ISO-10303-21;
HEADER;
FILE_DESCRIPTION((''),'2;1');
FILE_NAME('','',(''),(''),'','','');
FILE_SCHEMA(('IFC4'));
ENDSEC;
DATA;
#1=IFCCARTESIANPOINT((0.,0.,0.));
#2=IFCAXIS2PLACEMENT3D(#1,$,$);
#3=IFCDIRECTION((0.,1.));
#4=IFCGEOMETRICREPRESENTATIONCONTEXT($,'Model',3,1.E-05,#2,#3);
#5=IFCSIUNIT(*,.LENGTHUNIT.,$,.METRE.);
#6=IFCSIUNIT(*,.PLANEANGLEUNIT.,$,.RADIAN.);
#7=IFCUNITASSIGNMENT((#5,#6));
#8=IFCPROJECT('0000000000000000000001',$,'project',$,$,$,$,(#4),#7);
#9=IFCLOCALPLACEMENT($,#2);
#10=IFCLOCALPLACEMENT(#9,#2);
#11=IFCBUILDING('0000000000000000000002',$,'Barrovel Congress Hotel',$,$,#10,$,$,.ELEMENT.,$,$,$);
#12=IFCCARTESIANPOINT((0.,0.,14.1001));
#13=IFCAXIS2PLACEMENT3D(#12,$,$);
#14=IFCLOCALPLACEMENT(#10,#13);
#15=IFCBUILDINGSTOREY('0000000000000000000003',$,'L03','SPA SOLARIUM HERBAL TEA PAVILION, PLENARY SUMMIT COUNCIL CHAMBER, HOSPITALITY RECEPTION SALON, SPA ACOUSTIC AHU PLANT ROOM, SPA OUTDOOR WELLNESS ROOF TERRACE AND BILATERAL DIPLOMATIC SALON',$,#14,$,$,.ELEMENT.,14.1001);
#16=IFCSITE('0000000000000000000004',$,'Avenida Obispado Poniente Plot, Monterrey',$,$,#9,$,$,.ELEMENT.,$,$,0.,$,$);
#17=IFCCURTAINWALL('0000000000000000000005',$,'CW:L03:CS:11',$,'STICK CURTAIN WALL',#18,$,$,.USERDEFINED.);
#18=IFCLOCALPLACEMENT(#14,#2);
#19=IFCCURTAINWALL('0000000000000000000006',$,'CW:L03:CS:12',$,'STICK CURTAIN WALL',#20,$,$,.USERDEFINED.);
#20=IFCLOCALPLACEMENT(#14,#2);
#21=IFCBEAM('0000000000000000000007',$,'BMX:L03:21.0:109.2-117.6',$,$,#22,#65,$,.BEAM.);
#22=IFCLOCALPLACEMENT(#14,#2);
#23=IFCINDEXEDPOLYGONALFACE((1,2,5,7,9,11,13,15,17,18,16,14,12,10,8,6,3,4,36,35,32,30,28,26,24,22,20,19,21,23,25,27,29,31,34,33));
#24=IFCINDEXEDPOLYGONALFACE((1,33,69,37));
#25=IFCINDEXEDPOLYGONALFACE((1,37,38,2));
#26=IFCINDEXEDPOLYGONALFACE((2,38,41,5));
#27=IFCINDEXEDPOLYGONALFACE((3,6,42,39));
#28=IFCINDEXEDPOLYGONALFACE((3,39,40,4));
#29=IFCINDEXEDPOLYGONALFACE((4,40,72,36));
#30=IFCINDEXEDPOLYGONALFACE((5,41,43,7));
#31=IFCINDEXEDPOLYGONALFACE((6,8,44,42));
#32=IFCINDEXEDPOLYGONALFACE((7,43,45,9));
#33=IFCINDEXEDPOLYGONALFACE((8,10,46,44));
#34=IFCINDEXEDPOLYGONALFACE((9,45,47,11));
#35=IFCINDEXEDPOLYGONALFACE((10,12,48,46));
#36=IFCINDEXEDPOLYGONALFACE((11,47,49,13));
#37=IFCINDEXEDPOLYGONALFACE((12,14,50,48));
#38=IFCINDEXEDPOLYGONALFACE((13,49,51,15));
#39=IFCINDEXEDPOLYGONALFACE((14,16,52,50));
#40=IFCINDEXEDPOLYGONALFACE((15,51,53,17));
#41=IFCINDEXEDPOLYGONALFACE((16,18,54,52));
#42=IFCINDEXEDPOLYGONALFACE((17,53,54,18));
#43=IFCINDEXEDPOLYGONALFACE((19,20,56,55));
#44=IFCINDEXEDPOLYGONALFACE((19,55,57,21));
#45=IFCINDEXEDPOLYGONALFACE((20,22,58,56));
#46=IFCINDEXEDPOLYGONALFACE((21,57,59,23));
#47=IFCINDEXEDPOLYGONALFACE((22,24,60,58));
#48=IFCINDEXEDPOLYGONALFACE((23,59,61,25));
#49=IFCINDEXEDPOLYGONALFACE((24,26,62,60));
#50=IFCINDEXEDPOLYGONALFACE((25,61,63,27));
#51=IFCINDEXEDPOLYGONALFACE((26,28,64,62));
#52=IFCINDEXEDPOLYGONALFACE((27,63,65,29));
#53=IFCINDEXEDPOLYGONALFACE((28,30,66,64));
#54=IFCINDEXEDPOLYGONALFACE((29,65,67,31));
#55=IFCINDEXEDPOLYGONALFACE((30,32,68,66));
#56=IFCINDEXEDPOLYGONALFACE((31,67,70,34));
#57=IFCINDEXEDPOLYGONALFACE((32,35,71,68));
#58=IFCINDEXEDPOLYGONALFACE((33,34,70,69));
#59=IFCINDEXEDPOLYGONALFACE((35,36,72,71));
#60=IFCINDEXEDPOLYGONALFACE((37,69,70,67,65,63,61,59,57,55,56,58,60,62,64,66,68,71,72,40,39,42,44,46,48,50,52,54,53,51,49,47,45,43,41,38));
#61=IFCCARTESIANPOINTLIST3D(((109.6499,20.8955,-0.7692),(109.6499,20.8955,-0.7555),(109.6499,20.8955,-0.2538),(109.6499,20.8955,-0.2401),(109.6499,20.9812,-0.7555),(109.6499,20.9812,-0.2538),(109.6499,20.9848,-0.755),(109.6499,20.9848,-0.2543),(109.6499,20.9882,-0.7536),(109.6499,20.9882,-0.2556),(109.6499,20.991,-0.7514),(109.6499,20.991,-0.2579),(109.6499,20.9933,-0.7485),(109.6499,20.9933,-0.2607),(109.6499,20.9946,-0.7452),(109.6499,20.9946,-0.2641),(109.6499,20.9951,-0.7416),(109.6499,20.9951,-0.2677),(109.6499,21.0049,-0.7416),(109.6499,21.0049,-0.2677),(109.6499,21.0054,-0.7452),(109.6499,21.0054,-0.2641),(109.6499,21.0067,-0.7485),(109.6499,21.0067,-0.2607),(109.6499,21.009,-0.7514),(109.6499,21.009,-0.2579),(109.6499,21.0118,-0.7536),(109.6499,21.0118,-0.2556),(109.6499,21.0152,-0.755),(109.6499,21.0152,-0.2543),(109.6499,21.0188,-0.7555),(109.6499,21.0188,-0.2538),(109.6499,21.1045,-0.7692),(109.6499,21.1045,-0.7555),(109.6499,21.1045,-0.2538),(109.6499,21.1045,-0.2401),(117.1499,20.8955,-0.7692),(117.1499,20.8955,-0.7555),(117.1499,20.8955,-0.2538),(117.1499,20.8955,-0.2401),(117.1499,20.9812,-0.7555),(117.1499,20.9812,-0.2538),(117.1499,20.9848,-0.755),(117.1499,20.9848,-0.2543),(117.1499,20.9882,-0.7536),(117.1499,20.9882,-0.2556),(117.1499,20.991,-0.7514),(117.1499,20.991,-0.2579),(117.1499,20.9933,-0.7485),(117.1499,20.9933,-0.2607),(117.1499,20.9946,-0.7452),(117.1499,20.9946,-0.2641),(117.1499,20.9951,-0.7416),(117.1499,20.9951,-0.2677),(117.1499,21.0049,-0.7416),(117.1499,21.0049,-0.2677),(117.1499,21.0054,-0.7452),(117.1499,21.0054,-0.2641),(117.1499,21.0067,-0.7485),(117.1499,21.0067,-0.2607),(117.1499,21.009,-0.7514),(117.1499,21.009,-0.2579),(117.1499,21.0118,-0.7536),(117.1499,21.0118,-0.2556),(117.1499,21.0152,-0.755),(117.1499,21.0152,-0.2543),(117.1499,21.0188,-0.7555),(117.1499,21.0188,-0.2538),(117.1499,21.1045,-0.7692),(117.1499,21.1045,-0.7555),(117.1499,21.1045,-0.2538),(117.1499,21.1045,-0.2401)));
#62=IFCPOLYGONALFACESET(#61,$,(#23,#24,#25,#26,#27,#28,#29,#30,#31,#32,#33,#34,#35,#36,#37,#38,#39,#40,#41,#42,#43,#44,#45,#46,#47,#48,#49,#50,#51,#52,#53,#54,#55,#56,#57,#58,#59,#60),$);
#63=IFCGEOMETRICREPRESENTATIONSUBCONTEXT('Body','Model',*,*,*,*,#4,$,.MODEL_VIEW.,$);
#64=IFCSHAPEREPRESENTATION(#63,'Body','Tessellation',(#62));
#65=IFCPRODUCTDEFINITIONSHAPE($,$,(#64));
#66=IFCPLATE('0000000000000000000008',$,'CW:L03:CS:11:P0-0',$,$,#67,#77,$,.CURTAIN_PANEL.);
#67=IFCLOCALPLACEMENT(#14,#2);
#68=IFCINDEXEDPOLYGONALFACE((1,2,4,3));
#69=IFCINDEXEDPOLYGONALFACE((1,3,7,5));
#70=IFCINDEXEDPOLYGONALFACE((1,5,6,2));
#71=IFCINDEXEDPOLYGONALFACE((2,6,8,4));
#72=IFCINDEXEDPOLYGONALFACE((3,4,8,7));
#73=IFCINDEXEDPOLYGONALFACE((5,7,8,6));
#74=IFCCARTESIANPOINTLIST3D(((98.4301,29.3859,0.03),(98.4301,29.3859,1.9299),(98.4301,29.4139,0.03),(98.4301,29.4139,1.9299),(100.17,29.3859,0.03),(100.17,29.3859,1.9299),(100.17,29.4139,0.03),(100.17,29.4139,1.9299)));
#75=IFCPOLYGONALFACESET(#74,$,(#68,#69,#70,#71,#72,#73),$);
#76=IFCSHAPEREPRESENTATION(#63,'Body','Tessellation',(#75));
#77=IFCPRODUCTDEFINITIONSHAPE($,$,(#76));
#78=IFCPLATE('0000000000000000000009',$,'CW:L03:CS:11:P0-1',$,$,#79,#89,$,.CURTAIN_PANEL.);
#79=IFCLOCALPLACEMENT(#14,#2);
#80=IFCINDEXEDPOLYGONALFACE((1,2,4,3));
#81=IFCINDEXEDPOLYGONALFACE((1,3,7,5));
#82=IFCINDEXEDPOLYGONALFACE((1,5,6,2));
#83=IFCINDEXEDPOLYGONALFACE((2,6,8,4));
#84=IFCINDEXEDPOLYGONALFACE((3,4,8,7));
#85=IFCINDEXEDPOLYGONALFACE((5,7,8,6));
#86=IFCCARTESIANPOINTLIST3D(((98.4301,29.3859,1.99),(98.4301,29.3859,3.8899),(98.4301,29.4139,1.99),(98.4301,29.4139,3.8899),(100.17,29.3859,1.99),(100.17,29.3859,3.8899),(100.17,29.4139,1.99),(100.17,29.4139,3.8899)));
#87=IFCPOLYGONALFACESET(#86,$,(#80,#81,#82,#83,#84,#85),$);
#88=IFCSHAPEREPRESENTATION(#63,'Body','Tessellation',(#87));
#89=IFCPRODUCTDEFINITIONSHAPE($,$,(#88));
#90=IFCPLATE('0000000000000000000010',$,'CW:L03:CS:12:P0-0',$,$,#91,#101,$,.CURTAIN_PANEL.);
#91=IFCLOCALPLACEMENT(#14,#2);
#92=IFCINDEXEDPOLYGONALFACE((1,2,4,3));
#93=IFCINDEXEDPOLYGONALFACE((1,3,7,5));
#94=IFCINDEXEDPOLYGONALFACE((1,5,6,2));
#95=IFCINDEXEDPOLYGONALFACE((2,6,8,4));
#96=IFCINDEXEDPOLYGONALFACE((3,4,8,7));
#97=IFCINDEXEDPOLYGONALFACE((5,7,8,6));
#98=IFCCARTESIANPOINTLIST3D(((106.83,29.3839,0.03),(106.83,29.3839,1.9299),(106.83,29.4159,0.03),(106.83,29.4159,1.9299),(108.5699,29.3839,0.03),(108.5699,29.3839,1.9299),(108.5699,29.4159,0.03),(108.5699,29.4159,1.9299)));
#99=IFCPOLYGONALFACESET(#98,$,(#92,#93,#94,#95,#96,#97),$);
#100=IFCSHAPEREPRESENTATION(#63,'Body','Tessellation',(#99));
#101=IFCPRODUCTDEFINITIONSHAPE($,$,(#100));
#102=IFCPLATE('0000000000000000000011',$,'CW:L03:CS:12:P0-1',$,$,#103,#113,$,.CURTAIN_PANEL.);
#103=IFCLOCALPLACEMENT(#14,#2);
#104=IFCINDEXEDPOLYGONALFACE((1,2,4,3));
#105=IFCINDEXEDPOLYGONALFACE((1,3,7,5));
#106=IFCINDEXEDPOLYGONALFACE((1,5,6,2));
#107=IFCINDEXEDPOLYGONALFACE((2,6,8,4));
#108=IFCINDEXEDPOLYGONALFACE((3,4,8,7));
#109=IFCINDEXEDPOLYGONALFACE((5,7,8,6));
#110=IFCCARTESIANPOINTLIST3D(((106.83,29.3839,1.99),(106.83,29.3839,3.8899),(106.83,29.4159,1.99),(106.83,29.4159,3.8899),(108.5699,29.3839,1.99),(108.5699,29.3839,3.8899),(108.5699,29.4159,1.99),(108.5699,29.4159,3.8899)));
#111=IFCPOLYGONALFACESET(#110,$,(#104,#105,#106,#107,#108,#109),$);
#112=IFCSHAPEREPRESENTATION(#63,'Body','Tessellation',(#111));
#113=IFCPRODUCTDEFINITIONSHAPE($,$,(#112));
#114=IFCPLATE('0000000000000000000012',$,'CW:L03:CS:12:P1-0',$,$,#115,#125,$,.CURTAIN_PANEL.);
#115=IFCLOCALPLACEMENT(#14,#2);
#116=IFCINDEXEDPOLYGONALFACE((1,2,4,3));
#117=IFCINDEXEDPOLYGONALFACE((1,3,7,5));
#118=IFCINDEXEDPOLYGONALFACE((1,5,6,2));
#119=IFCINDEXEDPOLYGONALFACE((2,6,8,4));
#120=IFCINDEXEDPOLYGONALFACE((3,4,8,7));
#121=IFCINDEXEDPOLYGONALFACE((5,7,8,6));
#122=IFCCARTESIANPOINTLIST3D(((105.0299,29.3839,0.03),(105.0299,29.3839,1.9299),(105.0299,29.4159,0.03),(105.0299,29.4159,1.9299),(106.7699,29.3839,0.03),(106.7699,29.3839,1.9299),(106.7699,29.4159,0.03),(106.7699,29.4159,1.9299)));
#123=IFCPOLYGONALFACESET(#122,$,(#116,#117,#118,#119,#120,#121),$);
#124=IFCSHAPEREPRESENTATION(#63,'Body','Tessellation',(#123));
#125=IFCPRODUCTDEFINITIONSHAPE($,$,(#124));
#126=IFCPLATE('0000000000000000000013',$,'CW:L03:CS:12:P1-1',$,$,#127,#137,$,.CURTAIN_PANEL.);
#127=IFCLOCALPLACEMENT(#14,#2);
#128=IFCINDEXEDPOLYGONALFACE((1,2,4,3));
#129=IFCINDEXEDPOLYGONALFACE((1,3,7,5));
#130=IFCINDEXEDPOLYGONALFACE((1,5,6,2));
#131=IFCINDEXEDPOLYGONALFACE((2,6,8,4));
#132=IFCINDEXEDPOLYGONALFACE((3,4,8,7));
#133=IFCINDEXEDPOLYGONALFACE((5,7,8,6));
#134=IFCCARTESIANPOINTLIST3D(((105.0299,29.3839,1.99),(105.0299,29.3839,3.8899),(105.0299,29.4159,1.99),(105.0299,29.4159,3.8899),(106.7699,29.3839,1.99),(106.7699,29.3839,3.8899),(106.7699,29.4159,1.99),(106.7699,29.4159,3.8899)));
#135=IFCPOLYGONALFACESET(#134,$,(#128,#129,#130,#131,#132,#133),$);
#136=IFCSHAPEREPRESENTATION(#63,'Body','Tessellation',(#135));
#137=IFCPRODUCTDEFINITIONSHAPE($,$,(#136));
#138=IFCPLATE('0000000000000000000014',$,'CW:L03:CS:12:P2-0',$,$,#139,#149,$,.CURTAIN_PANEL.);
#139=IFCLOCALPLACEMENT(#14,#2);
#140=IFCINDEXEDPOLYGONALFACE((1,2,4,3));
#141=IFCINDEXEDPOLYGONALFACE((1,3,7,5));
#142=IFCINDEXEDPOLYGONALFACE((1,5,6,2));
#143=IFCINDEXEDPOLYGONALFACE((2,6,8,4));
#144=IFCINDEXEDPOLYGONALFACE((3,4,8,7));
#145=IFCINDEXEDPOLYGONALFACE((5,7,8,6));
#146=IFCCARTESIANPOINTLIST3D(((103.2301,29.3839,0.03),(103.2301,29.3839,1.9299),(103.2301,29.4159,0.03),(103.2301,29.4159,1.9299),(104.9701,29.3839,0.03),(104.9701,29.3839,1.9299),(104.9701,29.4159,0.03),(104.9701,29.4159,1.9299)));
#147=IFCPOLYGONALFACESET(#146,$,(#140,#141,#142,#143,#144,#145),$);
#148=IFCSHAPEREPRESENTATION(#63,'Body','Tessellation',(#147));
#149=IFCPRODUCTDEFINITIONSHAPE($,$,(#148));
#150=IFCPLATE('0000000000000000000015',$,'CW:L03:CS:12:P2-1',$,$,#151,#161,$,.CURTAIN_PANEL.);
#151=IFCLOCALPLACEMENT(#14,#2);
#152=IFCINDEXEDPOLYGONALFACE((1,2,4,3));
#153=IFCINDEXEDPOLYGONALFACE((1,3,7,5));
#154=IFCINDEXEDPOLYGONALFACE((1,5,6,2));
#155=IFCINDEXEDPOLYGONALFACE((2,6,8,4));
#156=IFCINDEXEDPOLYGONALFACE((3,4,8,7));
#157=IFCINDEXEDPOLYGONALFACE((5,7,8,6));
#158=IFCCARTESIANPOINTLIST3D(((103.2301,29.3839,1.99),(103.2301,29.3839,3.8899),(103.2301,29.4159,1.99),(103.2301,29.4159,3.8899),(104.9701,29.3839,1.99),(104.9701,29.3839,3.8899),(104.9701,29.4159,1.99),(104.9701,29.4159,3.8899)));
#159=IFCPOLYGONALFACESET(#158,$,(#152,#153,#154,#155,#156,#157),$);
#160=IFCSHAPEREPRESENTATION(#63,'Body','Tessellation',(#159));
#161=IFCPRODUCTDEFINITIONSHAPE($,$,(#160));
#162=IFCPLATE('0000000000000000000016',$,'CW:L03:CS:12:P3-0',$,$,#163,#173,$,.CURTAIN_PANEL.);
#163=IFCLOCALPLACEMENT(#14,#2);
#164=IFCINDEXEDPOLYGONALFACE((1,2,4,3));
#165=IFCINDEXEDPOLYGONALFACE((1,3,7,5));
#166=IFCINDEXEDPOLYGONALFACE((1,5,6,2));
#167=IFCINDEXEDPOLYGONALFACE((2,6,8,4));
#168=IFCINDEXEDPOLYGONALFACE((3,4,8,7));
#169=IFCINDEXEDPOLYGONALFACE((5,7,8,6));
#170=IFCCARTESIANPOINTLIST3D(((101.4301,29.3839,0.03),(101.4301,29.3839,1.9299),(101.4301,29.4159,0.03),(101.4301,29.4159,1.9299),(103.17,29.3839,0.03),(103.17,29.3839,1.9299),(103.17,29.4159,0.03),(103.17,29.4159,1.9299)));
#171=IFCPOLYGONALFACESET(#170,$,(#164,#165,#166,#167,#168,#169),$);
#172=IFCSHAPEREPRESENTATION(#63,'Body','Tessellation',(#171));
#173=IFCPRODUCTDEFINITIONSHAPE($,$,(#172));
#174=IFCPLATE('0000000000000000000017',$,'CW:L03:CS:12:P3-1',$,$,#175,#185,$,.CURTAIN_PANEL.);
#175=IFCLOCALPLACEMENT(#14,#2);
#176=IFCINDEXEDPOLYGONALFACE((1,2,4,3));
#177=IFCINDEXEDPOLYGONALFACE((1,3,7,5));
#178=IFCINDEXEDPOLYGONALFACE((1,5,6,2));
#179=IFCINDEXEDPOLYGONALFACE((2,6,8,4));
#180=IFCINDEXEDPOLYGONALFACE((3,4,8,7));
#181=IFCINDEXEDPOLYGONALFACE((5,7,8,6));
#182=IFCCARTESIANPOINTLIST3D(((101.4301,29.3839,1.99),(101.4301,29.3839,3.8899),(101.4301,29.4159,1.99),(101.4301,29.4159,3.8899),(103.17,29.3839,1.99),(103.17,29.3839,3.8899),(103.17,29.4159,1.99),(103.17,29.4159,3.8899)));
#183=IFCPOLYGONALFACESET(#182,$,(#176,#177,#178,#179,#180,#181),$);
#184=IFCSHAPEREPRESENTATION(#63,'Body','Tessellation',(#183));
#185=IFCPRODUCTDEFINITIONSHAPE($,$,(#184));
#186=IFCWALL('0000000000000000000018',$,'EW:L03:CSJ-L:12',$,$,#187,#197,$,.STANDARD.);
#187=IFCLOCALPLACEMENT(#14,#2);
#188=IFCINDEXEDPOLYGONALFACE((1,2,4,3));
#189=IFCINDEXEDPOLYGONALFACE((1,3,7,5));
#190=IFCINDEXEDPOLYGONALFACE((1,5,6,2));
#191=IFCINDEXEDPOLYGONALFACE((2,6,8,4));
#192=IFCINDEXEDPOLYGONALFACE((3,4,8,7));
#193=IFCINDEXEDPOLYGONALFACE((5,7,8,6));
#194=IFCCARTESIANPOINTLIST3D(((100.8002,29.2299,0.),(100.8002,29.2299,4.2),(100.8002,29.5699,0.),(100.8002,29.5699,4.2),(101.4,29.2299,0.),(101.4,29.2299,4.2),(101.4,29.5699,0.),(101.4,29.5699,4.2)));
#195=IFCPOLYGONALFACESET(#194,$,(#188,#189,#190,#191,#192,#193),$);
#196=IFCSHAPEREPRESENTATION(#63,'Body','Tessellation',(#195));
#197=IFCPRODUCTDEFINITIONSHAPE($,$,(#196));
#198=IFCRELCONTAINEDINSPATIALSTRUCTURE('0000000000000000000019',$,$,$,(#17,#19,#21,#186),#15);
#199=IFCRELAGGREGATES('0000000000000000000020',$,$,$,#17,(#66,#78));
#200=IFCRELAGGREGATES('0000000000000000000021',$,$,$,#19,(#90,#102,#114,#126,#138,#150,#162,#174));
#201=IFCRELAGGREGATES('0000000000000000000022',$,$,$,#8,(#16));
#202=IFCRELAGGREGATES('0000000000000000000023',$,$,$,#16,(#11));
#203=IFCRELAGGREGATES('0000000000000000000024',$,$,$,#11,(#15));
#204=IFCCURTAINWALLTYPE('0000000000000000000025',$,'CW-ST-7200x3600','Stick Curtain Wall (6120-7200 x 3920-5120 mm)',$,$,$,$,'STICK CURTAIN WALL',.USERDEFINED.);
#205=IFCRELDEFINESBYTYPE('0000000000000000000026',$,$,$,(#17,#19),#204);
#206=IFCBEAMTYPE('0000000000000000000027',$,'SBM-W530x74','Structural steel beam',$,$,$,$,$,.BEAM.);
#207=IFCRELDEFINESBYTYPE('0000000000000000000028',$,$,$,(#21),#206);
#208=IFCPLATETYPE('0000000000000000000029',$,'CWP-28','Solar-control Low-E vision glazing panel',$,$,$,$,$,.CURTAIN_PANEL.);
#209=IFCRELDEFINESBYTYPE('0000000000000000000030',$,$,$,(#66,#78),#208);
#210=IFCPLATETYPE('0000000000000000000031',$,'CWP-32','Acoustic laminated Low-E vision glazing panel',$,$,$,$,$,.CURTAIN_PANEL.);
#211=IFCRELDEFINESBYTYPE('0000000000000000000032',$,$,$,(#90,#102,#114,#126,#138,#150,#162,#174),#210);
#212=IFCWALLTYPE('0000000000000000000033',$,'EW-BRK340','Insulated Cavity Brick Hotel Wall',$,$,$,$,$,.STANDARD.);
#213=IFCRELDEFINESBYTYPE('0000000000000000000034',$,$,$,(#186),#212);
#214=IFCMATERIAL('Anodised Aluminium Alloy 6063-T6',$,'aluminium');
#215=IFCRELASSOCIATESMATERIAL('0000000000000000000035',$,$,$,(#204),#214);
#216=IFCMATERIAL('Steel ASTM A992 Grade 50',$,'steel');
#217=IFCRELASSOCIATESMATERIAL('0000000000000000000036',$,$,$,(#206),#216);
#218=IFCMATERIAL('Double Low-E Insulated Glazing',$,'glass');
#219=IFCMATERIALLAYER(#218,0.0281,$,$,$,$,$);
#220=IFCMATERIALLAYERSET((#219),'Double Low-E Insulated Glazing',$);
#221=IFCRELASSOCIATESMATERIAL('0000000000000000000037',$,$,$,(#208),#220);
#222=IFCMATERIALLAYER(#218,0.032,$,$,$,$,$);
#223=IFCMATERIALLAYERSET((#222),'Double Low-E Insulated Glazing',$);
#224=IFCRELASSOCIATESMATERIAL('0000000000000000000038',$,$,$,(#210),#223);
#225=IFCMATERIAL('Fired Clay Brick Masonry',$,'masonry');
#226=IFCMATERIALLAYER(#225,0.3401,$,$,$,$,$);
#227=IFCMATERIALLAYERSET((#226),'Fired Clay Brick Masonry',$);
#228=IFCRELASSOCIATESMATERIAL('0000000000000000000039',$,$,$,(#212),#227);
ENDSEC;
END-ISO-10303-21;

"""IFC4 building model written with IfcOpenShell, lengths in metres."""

from ifc_helpers import new_model, si_unit, direction, frame, frame_2d, origin, origin_2d, place, context, subcontext, project, spatial, rectangle, i_section, extrude, material, layer, layer_set, material_profile, profile_set, type_object, element, aggregate, save


model = new_model("IFC4")

# Units and contexts
model_context = context("Model", 3, precision=1e-05, world=origin(), true_north=direction((0.0, 1.0)))
body_context = subcontext(model_context, "Body", "Model", "MODEL_VIEW")
ifc_project = project(units=[si_unit("LENGTHUNIT", "METRE"), si_unit("PLANEANGLEUNIT", "RADIAN")], contexts=[model_context])

# Site, building, storey
site_placement = place(None, origin())
site = spatial("IfcSite", under=ifc_project, at=site_placement, Name="Avenida Obispado Poniente Plot, Monterrey", CompositionType="ELEMENT", RefElevation=0.0)
building_placement = place(site_placement, origin())
building = spatial("IfcBuilding", under=site, at=building_placement, Name="Barrovel Congress Hotel", CompositionType="ELEMENT")
storey_placement = place(building_placement, frame((0.0, 0.0, 14.1001)))
storey = spatial("IfcBuildingStorey", under=building, at=storey_placement, Name="L03", Description="SPA SOLARIUM HERBAL TEA PAVILION, PLENARY SUMMIT COUNCIL CHAMBER, HOSPITALITY RECEPTION SALON, SPA ACOUSTIC AHU PLANT ROOM, SPA OUTDOOR WELLNESS ROOF TERRACE AND BILATERAL DIPLOMATIC SALON", CompositionType="ELEMENT", Elevation=14.1001)

# Curtain wall
ifc_material_1 = material(Name="Anodised Aluminium Alloy 6063-T6", Category="aluminium")
curtain_wall_type = type_object("IfcCurtainWallType", Name="CW-ST-7200x3600", Description="Stick Curtain Wall (6120-7200 x 3920-5120 mm)", ElementType="STICK CURTAIN WALL", PredefinedType="USERDEFINED", material=ifc_material_1)
curtain_wall_1_placement = place(storey_placement, origin())
curtain_wall_1 = element("IfcCurtainWall", 1, at=curtain_wall_1_placement, inside=storey, type_object=curtain_wall_type, Name="CW:L03:CS:11", ObjectType="STICK CURTAIN WALL", PredefinedType="USERDEFINED")

# Curtain wall
curtain_wall_2_placement = place(storey_placement, origin())
curtain_wall_2 = element("IfcCurtainWall", 2, at=curtain_wall_2_placement, inside=storey, type_object=curtain_wall_type, Name="CW:L03:CS:12", ObjectType="STICK CURTAIN WALL", PredefinedType="USERDEFINED")

# Beam
ifc_material_2 = material(Name="Steel ASTM A992 Grade 50", Category="steel")
ifc_material_profile_1 = material_profile(ifc_material_2, i_section(OverallWidth=0.209, OverallDepth=0.5291, WebThickness=0.0098, FlangeThickness=0.0137, FilletRadius=0.0139, at=origin_2d()), Name="W530x74")
ifc_profile_set_1 = profile_set([ifc_material_profile_1], Name="Steel ASTM A992 Grade 50")
beam_type_1 = type_object("IfcBeamType", Name="SBM-W530x74", Description="Structural steel beam", PredefinedType="BEAM", material=ifc_profile_set_1)
beam_1_placement = place(storey_placement, frame((109.6499, 21.0, -0.5046), z_axis=(1.0, 0.0, 0.0), x_axis=(0.0, 1.0, 0.0)))
element("IfcBeam", 3, at=beam_1_placement, inside=storey, type_object=beam_type_1, Name="BMX:L03:21.0:109.2-117.6", PredefinedType="BEAM", context=body_context, shape_type="SweptSolid", body=[
    extrude(i_section(OverallWidth=0.209, OverallDepth=0.5291, WebThickness=0.0098, FlangeThickness=0.0137, FilletRadius=0.0139, at=origin_2d()), origin(), (0.0, 0.0, 1.0), 7.5),
])

# Plates
ifc_material_3 = material(Name="Double Low-E Insulated Glazing", Category="glass")
ifc_layer_1 = layer(ifc_material_3, 0.0281)
ifc_layer_set_1 = layer_set([ifc_layer_1], Name="Double Low-E Insulated Glazing")
plate_type_1 = type_object("IfcPlateType", Name="CWP-28", Description="Solar-control Low-E vision glazing panel", PredefinedType="CURTAIN_PANEL", material=ifc_layer_set_1)
plate_1_placement = place(storey_placement, frame((99.3, 29.3999, 0.03), z_axis=(0.0, 0.0, 1.0), x_axis=(-1.0, 0.0, 0.0)))
plate_1 = element("IfcPlate", 4, at=plate_1_placement, type_object=plate_type_1, Name="CW:L03:CS:11:P0-0", PredefinedType="CURTAIN_PANEL", context=body_context, shape_type="SweptSolid", body=[
    extrude(rectangle(XDim=1.74, YDim=0.0281, at=origin_2d()), origin(), (0.0, 0.0, 1.0), 1.8999),
])
plate_2_placement = place(storey_placement, frame((99.3, 29.3999, 1.99), z_axis=(0.0, 0.0, 1.0), x_axis=(-1.0, 0.0, 0.0)))
plate_2 = element("IfcPlate", 5, at=plate_2_placement, type_object=plate_type_1, Name="CW:L03:CS:11:P0-1", PredefinedType="CURTAIN_PANEL", context=body_context, shape_type="SweptSolid", body=[
    extrude(rectangle(XDim=1.74, YDim=0.0281, at=origin_2d()), origin(), (0.0, 0.0, 1.0), 1.8999),
])
aggregate(curtain_wall_1, [plate_1, plate_2])
ifc_layer_2 = layer(ifc_material_3, 0.032)
ifc_layer_set_2 = layer_set([ifc_layer_2], Name="Double Low-E Insulated Glazing")
plate_type_2 = type_object("IfcPlateType", Name="CWP-32", Description="Acoustic laminated Low-E vision glazing panel", PredefinedType="CURTAIN_PANEL", material=ifc_layer_set_2)
plate_3_placement = place(storey_placement, frame((107.7, 29.3999, 0.03), z_axis=(0.0, 0.0, 1.0), x_axis=(-1.0, 0.0, 0.0)))
plate_3 = element("IfcPlate", 6, at=plate_3_placement, type_object=plate_type_2, Name="CW:L03:CS:12:P0-0", PredefinedType="CURTAIN_PANEL", context=body_context, shape_type="SweptSolid", body=[
    extrude(rectangle(XDim=1.74, YDim=0.032, at=origin_2d()), origin(), (0.0, 0.0, 1.0), 1.8999),
])
plate_4_placement = place(storey_placement, frame((107.7, 29.3999, 1.99), z_axis=(0.0, 0.0, 1.0), x_axis=(-1.0, 0.0, 0.0)))
plate_4 = element("IfcPlate", 7, at=plate_4_placement, type_object=plate_type_2, Name="CW:L03:CS:12:P0-1", PredefinedType="CURTAIN_PANEL", context=body_context, shape_type="SweptSolid", body=[
    extrude(rectangle(XDim=1.74, YDim=0.032, at=origin_2d()), origin(), (0.0, 0.0, 1.0), 1.8999),
])
plate_5_placement = place(storey_placement, frame((105.8999, 29.3999, 0.03), z_axis=(0.0, 0.0, 1.0), x_axis=(-1.0, 0.0, 0.0)))
plate_5 = element("IfcPlate", 8, at=plate_5_placement, type_object=plate_type_2, Name="CW:L03:CS:12:P1-0", PredefinedType="CURTAIN_PANEL", context=body_context, shape_type="SweptSolid", body=[
    extrude(rectangle(XDim=1.74, YDim=0.032, at=origin_2d()), origin(), (0.0, 0.0, 1.0), 1.8999),
])
plate_6_placement = place(storey_placement, frame((105.8999, 29.3999, 1.99), z_axis=(0.0, 0.0, 1.0), x_axis=(-1.0, 0.0, 0.0)))
plate_6 = element("IfcPlate", 9, at=plate_6_placement, type_object=plate_type_2, Name="CW:L03:CS:12:P1-1", PredefinedType="CURTAIN_PANEL", context=body_context, shape_type="SweptSolid", body=[
    extrude(rectangle(XDim=1.74, YDim=0.032, at=origin_2d()), origin(), (0.0, 0.0, 1.0), 1.8999),
])
plate_7_placement = place(storey_placement, frame((104.1001, 29.3999, 0.03), z_axis=(0.0, 0.0, 1.0), x_axis=(-1.0, 0.0, 0.0)))
plate_7 = element("IfcPlate", 10, at=plate_7_placement, type_object=plate_type_2, Name="CW:L03:CS:12:P2-0", PredefinedType="CURTAIN_PANEL", context=body_context, shape_type="SweptSolid", body=[
    extrude(rectangle(XDim=1.74, YDim=0.032, at=origin_2d()), origin(), (0.0, 0.0, 1.0), 1.8999),
])
plate_8_placement = place(storey_placement, frame((104.1001, 29.3999, 1.99), z_axis=(0.0, 0.0, 1.0), x_axis=(-1.0, 0.0, 0.0)))
plate_8 = element("IfcPlate", 11, at=plate_8_placement, type_object=plate_type_2, Name="CW:L03:CS:12:P2-1", PredefinedType="CURTAIN_PANEL", context=body_context, shape_type="SweptSolid", body=[
    extrude(rectangle(XDim=1.74, YDim=0.032, at=origin_2d()), origin(), (0.0, 0.0, 1.0), 1.8999),
])
plate_9_placement = place(storey_placement, frame((102.3, 29.3999, 0.03), z_axis=(0.0, 0.0, 1.0), x_axis=(-1.0, 0.0, 0.0)))
plate_9 = element("IfcPlate", 12, at=plate_9_placement, type_object=plate_type_2, Name="CW:L03:CS:12:P3-0", PredefinedType="CURTAIN_PANEL", context=body_context, shape_type="SweptSolid", body=[
    extrude(rectangle(XDim=1.74, YDim=0.032, at=origin_2d()), origin(), (0.0, 0.0, 1.0), 1.8999),
])
plate_10_placement = place(storey_placement, frame((102.3, 29.3999, 1.99), z_axis=(0.0, 0.0, 1.0), x_axis=(-1.0, 0.0, 0.0)))
plate_10 = element("IfcPlate", 13, at=plate_10_placement, type_object=plate_type_2, Name="CW:L03:CS:12:P3-1", PredefinedType="CURTAIN_PANEL", context=body_context, shape_type="SweptSolid", body=[
    extrude(rectangle(XDim=1.74, YDim=0.032, at=origin_2d()), origin(), (0.0, 0.0, 1.0), 1.8999),
])
aggregate(curtain_wall_2, [plate_3, plate_4, plate_5, plate_6, plate_7, plate_8, plate_9, plate_10])

# Wall
ifc_material_4 = material(Name="Fired Clay Brick Masonry", Category="masonry")
ifc_layer_3 = layer(ifc_material_4, 0.3401)
ifc_layer_set_3 = layer_set([ifc_layer_3], Name="Fired Clay Brick Masonry")
wall_type_1 = type_object("IfcWallType", Name="EW-BRK340", Description="Insulated Cavity Brick Hotel Wall", PredefinedType="STANDARD", material=ifc_layer_set_3)
wall_1_placement = place(storey_placement, frame((101.3999, 29.3999, 0.0), z_axis=(0.0, 0.0, 1.0), x_axis=(-1.0, 0.0, 0.0)))
element("IfcWall", 14, at=wall_1_placement, inside=storey, type_object=wall_type_1, Name="EW:L03:CSJ-L:12", PredefinedType="STANDARD", context=body_context, shape_type="SweptSolid", body=[
    extrude(rectangle(XDim=0.5999, YDim=0.3401, at=frame_2d((0.2998, 0.0))), origin(), (0.0, 0.0, 1.0), 4.2),
])

save(model, "model.ifc")
